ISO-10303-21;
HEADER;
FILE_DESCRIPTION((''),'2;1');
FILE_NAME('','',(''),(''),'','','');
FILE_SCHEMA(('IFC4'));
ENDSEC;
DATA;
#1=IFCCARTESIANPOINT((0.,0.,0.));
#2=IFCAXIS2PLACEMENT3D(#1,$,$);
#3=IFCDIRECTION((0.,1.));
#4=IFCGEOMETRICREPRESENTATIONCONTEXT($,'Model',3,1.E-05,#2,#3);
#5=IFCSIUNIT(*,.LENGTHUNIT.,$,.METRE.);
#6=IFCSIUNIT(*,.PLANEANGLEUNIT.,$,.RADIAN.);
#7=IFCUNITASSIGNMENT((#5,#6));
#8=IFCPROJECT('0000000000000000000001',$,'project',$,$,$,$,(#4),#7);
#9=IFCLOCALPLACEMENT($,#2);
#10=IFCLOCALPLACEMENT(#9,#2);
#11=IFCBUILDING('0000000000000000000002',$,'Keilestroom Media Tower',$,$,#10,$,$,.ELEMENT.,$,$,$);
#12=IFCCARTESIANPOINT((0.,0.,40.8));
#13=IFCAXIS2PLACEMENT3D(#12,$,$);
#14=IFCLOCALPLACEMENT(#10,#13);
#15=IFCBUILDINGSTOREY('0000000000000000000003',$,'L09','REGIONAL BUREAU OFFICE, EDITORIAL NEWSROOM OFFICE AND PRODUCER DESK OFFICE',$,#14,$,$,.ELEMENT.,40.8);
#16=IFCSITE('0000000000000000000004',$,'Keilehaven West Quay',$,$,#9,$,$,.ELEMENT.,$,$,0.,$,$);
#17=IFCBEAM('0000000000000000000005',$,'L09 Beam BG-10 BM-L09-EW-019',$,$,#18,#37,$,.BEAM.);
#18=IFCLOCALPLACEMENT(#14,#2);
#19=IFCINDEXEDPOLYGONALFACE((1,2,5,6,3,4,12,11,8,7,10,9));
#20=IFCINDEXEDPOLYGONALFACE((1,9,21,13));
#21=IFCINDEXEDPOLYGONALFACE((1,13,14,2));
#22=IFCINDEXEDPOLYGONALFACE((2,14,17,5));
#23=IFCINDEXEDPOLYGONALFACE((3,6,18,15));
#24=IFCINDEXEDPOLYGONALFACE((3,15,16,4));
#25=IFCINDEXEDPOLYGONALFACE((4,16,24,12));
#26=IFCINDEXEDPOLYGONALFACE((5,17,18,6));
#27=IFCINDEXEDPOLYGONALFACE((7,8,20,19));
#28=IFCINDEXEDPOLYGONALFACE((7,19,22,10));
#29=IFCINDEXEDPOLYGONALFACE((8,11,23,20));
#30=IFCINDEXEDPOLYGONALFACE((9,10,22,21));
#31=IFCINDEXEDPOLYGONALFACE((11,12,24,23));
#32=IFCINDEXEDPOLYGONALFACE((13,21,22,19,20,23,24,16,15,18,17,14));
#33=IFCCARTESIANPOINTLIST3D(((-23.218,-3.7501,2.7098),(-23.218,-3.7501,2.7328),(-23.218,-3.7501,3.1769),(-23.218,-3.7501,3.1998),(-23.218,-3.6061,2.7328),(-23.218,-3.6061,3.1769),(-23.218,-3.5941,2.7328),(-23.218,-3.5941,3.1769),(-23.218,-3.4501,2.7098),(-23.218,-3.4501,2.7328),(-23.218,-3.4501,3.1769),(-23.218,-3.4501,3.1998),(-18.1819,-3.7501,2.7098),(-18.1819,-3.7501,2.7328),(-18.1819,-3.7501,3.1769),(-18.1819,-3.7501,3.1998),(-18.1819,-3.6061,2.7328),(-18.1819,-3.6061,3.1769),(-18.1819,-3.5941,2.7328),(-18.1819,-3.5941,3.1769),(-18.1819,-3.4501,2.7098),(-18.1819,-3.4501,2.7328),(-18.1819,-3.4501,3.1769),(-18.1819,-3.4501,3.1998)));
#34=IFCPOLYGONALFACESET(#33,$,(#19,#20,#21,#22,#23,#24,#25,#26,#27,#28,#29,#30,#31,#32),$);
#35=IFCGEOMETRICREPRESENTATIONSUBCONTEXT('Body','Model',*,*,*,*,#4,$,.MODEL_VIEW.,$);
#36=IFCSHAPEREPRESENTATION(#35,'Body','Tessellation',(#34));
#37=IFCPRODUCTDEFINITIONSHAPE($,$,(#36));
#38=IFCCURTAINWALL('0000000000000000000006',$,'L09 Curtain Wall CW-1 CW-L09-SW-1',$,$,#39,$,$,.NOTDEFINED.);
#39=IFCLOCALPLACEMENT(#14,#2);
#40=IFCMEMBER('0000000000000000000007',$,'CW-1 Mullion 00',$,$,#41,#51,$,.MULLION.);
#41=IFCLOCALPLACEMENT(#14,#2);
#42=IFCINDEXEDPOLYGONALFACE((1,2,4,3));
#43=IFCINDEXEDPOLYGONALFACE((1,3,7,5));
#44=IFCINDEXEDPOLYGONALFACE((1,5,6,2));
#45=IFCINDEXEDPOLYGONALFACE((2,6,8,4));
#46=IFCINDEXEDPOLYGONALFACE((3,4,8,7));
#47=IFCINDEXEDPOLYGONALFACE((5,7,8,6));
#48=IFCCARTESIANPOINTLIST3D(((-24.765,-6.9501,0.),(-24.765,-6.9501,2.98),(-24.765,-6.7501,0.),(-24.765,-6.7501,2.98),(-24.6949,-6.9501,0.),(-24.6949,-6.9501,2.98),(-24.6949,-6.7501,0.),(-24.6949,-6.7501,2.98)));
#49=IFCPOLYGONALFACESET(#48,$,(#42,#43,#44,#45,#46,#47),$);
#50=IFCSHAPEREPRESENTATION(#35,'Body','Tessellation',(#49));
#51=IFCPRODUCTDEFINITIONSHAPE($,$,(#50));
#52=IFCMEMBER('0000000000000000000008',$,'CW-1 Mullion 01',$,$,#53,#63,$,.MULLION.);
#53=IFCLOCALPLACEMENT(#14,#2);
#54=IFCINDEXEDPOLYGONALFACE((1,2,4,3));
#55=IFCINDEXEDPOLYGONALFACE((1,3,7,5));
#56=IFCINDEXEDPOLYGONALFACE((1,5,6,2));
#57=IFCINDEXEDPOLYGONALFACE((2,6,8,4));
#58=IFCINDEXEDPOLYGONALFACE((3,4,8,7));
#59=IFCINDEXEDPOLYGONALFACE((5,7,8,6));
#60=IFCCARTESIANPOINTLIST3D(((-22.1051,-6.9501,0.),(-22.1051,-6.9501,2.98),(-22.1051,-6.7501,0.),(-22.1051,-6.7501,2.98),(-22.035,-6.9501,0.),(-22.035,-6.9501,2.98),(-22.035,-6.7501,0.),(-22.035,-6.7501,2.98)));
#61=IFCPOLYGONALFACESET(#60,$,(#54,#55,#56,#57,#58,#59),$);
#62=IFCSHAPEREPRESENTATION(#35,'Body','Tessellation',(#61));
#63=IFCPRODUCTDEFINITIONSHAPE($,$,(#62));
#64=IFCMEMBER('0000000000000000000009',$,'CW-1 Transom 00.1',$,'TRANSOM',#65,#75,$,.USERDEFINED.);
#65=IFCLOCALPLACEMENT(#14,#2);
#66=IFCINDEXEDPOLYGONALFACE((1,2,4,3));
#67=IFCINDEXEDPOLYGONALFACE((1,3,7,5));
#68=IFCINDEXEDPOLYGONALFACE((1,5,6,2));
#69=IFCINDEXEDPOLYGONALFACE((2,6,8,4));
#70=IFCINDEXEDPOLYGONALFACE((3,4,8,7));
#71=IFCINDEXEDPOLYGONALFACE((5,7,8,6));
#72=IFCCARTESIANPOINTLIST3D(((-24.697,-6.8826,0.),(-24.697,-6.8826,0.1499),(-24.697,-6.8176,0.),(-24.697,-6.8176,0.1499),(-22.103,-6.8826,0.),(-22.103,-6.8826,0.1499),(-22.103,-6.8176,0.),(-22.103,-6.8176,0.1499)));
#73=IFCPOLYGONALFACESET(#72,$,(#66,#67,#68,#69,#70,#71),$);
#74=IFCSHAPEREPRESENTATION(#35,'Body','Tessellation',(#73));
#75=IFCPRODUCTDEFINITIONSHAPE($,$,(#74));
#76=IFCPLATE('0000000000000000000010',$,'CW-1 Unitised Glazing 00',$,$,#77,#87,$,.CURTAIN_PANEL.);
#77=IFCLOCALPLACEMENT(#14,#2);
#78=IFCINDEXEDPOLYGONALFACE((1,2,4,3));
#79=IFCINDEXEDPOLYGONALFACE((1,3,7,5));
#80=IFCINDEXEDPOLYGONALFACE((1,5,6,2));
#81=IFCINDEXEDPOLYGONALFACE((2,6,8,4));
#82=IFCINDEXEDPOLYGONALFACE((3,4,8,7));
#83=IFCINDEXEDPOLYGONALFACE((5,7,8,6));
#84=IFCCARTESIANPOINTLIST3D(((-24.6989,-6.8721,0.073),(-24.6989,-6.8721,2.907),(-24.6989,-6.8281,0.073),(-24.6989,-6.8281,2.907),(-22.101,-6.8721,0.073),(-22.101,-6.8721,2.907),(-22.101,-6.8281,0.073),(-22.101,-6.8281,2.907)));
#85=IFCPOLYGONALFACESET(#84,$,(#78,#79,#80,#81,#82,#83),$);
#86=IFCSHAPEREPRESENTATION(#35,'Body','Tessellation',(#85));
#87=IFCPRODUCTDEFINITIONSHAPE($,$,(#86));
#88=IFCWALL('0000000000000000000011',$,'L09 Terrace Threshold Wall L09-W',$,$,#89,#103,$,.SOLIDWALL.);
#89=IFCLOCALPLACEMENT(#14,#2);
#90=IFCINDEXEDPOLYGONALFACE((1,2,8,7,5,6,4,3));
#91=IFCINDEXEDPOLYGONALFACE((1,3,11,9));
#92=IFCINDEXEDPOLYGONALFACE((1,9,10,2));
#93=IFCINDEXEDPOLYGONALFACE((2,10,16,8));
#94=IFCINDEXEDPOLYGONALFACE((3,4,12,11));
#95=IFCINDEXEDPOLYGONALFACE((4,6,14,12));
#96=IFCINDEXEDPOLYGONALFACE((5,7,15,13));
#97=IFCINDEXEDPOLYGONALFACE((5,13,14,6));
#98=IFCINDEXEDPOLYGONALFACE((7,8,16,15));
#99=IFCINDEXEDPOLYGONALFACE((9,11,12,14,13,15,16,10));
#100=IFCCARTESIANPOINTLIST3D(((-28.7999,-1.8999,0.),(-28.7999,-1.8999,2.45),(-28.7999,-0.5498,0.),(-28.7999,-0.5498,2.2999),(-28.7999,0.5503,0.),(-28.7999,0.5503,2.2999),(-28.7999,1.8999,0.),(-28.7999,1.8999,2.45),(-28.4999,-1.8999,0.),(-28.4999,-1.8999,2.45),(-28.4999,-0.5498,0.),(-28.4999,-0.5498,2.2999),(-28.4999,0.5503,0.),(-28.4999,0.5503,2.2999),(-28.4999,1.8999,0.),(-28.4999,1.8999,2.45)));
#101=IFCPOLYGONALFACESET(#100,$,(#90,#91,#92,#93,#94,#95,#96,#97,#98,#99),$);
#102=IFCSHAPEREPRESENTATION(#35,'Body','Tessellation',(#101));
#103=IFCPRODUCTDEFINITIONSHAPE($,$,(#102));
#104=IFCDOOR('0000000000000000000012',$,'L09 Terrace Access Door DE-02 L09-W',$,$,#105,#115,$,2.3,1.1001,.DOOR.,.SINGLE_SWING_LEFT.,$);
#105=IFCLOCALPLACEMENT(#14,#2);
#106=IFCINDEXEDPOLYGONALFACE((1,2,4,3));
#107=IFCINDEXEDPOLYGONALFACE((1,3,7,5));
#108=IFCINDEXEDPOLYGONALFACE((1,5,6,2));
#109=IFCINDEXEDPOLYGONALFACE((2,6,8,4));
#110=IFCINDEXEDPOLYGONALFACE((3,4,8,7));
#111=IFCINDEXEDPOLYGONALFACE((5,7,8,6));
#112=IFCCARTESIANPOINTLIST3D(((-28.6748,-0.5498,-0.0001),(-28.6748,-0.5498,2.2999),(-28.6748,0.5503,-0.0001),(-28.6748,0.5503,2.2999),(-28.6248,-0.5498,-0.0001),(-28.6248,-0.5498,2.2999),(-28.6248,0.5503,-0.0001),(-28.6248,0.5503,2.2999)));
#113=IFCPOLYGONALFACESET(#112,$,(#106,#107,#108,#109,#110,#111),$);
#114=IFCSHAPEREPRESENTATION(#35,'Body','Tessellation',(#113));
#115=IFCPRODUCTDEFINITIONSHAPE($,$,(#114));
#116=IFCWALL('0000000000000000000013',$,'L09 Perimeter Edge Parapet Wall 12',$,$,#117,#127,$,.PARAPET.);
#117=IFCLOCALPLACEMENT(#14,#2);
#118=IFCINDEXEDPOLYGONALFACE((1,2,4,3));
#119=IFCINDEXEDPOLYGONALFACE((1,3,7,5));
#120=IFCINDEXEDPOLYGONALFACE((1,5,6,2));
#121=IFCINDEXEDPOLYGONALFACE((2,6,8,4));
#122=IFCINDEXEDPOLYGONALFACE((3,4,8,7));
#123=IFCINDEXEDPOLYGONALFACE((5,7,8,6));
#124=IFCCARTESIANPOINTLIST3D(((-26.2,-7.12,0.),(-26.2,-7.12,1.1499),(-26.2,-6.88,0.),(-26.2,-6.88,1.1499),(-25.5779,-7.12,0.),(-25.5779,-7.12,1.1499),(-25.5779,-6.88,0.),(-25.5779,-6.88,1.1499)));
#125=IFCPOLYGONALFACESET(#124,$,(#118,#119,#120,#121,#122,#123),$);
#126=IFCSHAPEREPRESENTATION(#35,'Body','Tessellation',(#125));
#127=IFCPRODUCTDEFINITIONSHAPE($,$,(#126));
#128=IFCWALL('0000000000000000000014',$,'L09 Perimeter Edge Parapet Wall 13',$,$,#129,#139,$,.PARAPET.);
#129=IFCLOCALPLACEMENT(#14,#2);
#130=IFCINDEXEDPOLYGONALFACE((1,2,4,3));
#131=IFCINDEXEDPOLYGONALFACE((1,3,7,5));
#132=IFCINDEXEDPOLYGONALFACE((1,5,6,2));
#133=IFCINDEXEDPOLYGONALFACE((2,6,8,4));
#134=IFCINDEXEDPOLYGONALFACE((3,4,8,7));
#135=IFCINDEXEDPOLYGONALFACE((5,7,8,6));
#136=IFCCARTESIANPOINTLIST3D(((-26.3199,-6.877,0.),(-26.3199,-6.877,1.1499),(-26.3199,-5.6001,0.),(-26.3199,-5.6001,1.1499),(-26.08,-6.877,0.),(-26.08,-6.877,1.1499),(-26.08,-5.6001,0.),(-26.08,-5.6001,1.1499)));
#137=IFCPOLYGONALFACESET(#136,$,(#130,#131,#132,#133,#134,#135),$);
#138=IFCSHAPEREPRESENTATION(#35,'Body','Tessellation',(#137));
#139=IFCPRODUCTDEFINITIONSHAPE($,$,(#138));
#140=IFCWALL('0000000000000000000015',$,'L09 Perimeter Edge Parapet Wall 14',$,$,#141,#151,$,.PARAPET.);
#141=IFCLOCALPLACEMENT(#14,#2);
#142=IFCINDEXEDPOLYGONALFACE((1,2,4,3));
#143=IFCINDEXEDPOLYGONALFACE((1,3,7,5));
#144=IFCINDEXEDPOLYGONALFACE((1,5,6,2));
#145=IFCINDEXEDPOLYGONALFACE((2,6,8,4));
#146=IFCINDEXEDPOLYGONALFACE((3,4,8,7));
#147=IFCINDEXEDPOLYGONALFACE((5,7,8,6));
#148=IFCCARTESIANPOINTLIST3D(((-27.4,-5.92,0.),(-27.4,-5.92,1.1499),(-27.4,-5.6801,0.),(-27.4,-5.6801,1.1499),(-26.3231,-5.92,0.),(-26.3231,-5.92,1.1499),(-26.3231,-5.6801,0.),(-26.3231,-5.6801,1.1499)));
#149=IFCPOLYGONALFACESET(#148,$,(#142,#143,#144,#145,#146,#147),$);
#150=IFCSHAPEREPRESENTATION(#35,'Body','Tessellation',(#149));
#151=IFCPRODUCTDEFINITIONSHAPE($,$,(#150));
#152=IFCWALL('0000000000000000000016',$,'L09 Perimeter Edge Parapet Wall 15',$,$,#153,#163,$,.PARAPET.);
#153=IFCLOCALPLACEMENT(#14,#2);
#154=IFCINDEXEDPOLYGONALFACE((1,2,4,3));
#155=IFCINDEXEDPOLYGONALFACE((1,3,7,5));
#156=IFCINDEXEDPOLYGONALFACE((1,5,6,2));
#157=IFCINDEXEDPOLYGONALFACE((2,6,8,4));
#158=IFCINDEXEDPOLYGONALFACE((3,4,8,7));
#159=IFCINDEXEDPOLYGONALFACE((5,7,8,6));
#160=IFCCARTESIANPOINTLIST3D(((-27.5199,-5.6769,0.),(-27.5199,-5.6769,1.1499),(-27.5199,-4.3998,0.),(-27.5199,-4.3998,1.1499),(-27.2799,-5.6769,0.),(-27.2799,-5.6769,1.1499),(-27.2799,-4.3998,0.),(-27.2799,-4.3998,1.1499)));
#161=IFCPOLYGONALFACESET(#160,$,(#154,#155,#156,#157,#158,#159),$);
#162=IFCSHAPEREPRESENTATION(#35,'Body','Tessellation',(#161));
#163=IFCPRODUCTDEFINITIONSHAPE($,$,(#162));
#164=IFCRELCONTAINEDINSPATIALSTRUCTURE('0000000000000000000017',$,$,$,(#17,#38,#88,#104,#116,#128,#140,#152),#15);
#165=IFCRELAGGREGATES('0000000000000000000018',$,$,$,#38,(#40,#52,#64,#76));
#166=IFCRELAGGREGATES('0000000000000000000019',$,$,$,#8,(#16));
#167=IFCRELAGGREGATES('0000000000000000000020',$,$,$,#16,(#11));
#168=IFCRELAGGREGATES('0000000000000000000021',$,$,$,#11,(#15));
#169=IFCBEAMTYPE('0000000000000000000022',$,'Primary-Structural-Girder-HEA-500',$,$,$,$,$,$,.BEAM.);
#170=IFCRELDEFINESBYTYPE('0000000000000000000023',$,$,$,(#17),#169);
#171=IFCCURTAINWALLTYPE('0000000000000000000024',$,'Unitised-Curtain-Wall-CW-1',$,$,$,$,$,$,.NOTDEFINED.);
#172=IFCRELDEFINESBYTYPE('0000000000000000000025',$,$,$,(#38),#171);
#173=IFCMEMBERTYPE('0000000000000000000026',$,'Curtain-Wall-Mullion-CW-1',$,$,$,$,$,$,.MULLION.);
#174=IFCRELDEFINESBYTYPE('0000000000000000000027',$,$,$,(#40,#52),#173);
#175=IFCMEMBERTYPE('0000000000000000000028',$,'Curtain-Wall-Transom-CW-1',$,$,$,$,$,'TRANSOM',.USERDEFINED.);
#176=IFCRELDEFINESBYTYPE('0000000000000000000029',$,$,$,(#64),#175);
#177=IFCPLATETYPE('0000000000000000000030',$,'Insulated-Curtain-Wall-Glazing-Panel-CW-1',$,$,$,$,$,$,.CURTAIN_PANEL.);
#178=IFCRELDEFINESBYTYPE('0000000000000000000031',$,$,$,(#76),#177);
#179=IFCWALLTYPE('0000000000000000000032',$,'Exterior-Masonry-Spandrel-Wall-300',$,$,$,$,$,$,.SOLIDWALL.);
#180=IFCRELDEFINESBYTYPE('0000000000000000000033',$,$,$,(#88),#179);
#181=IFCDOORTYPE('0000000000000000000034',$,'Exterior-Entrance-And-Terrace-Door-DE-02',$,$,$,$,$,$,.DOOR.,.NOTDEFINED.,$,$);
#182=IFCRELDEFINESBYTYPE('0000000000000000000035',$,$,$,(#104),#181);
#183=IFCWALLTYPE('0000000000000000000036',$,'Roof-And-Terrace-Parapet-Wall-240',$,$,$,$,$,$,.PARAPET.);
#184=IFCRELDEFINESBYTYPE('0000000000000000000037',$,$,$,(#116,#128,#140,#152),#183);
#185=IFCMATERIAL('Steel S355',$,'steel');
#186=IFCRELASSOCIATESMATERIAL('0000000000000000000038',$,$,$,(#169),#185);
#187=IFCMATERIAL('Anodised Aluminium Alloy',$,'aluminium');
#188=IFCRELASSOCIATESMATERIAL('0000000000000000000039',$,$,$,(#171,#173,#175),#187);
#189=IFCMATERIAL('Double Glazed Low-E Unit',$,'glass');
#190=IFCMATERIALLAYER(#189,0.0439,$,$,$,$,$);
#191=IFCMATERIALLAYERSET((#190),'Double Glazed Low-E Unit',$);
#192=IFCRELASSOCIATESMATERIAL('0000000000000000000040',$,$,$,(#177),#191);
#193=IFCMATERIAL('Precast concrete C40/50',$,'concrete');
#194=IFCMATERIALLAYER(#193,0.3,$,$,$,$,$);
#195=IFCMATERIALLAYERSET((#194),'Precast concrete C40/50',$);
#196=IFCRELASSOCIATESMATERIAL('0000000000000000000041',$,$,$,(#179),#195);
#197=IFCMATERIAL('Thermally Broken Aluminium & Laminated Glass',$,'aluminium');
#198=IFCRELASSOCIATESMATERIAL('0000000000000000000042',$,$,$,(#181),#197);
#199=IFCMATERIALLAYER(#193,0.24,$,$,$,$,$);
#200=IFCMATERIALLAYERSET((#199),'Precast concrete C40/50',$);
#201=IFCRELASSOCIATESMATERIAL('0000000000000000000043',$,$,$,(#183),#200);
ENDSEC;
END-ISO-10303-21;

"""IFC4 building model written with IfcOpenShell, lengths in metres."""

from ifc_helpers import new_model, si_unit, direction, frame, frame_2d, origin, origin_2d, place, context, subcontext, project, spatial, rectangle, i_section, extrude, source, transform, mapped, material, layer, layer_set, material_profile, profile_set, type_object, element, fill, aggregate, save


model = new_model("IFC4")

# Units and contexts
model_context = context("Model", 3, precision=1e-05, world=origin(), true_north=direction((0.0, 1.0)))
body_context = subcontext(model_context, "Body", "Model", "MODEL_VIEW")
ifc_project = project(units=[si_unit("LENGTHUNIT", "METRE"), si_unit("PLANEANGLEUNIT", "RADIAN")], contexts=[model_context])

# Site, building, storey
site_placement = place(None, origin())
site = spatial("IfcSite", under=ifc_project, at=site_placement, Name="Keilehaven West Quay", CompositionType="ELEMENT", RefElevation=0.0)
building_placement = place(site_placement, origin())
building = spatial("IfcBuilding", under=site, at=building_placement, Name="Keilestroom Media Tower", CompositionType="ELEMENT")
storey_placement = place(building_placement, frame((0.0, 0.0, 40.8)))
storey = spatial("IfcBuildingStorey", under=building, at=storey_placement, Name="L09", Description="REGIONAL BUREAU OFFICE, EDITORIAL NEWSROOM OFFICE AND PRODUCER DESK OFFICE", CompositionType="ELEMENT", Elevation=40.8)

# Shared definitions
ifc_material_1 = material(Name="Precast concrete C40/50", Category="concrete")

# Beam
ifc_material_2 = material(Name="Steel S355", Category="steel")
ifc_material_profile_1 = material_profile(ifc_material_2, i_section(OverallWidth=0.3, OverallDepth=0.49, WebThickness=0.012, FlangeThickness=0.0229, at=origin_2d()), Name="HEA 500")
ifc_profile_set_1 = profile_set([ifc_material_profile_1], Name="Steel S355")
beam_type_1 = type_object("IfcBeamType", Name="Primary-Structural-Girder-HEA-500", PredefinedType="BEAM", material=ifc_profile_set_1)
shared_shape_1 = source(origin(), body_context, "Body", "SweptSolid", [
    extrude(i_section(OverallWidth=0.3, OverallDepth=0.49, WebThickness=0.012, FlangeThickness=0.0229, at=origin_2d()), origin(), (0.0, 0.0, 1.0), 5.0361),
])
beam_1_placement = place(storey_placement, frame((-23.218, -3.6001, 2.9548), z_axis=(1.0, 0.0, 0.0), x_axis=(0.0, 1.0, 0.0)))
element("IfcBeam", 1, at=beam_1_placement, inside=storey, type_object=beam_type_1, Name="L09 Beam BG-10 BM-L09-EW-019", PredefinedType="BEAM", context=body_context, shape_type="MappedRepresentation", body=[
    mapped(shared_shape_1, transform((0.0, 0.0, 0.0), x_axis=(1.0, 0.0, 0.0), y_axis=(0.0, 1.0, 0.0), z_axis=(0.0, 0.0, 1.0), scale=1.0)),
])

# Curtain wall, members, plate
ifc_material_3 = material(Name="Anodised Aluminium Alloy", Category="aluminium")
curtain_wall_type = type_object("IfcCurtainWallType", Name="Unitised-Curtain-Wall-CW-1", PredefinedType="NOTDEFINED", material=ifc_material_3)
curtain_wall_placement = place(storey_placement, origin())
curtain_wall = element("IfcCurtainWall", 2, at=curtain_wall_placement, inside=storey, type_object=curtain_wall_type, Name="L09 Curtain Wall CW-1 CW-L09-SW-1", PredefinedType="NOTDEFINED")
ifc_material_profile_2 = material_profile(ifc_material_3, rectangle(XDim=0.0701, YDim=0.2, at=origin_2d()), Name="ALU MULLION 70x200")
ifc_profile_set_2 = profile_set([ifc_material_profile_2], Name="Anodised Aluminium Alloy")
member_type_1 = type_object("IfcMemberType", Name="Curtain-Wall-Mullion-CW-1", PredefinedType="MULLION", material=ifc_profile_set_2)
shared_shape_2 = source(origin(), body_context, "Body", "SweptSolid", [
    extrude(rectangle(XDim=0.0701, YDim=0.2, at=origin_2d()), origin(), (0.0, 0.0, 1.0), 2.98),
])
member_1_placement = place(storey_placement, frame((-24.73, -6.8501, 0.0), z_axis=(0.0, 0.0, 1.0), x_axis=(1.0, 0.0, 0.0)))
member_1 = element("IfcMember", 3, at=member_1_placement, type_object=member_type_1, Name="CW-1 Mullion 00", PredefinedType="MULLION", context=body_context, shape_type="MappedRepresentation", body=[
    mapped(shared_shape_2, transform((0.0, 0.0, 0.0), x_axis=(1.0, 0.0, 0.0), y_axis=(0.0, 1.0, 0.0), z_axis=(0.0, 0.0, 1.0), scale=1.0)),
])
member_2_placement = place(storey_placement, frame((-22.0701, -6.8501, 0.0), z_axis=(0.0, 0.0, 1.0), x_axis=(1.0, 0.0, 0.0)))
member_2 = element("IfcMember", 4, at=member_2_placement, type_object=member_type_1, Name="CW-1 Mullion 01", PredefinedType="MULLION", context=body_context, shape_type="MappedRepresentation", body=[
    mapped(shared_shape_2, transform((0.0, 0.0, 0.0), x_axis=(1.0, 0.0, 0.0), y_axis=(0.0, 1.0, 0.0), z_axis=(0.0, 0.0, 1.0), scale=1.0)),
])
ifc_material_profile_3 = material_profile(ifc_material_3, rectangle(XDim=0.0649, YDim=0.1499, at=origin_2d()), Name="ALU TRANSOM 65x150")
ifc_profile_set_3 = profile_set([ifc_material_profile_3], Name="Anodised Aluminium Alloy")
member_type_2 = type_object("IfcMemberType", Name="Curtain-Wall-Transom-CW-1", ElementType="TRANSOM", PredefinedType="USERDEFINED", material=ifc_profile_set_3)
shared_shape_3 = source(origin(), body_context, "Body", "SweptSolid", [
    extrude(rectangle(XDim=0.0649, YDim=0.1499, at=origin_2d()), origin(), (0.0, 0.0, 1.0), 2.594),
])
member_3_placement = place(storey_placement, frame((-24.697, -6.8501, 0.075), z_axis=(1.0, 0.0, 0.0), x_axis=(0.0, 1.0, 0.0)))
member_3 = element("IfcMember", 5, at=member_3_placement, type_object=member_type_2, Name="CW-1 Transom 00.1", ObjectType="TRANSOM", PredefinedType="USERDEFINED", context=body_context, shape_type="MappedRepresentation", body=[
    mapped(shared_shape_3, transform((0.0, 0.0, 0.0), x_axis=(1.0, 0.0, 0.0), y_axis=(0.0, 1.0, 0.0), z_axis=(0.0, 0.0, 1.0), scale=1.0)),
])
ifc_material_4 = material(Name="Double Glazed Low-E Unit", Category="glass")
ifc_layer_1 = layer(ifc_material_4, 0.0439)
ifc_layer_set_1 = layer_set([ifc_layer_1], Name="Double Glazed Low-E Unit")
plate_type = type_object("IfcPlateType", Name="Insulated-Curtain-Wall-Glazing-Panel-CW-1", PredefinedType="CURTAIN_PANEL", material=ifc_layer_set_1)
shared_shape_4 = source(origin(), body_context, "Body", "SweptSolid", [
    extrude(rectangle(XDim=2.5979, YDim=0.0439, at=origin_2d()), origin(), (0.0, 0.0, 1.0), 2.834),
])
plate_placement = place(storey_placement, frame((-23.3999, -6.8501, 0.073), z_axis=(0.0, 0.0, 1.0), x_axis=(1.0, 0.0, 0.0)))
plate = element("IfcPlate", 6, at=plate_placement, type_object=plate_type, Name="CW-1 Unitised Glazing 00", PredefinedType="CURTAIN_PANEL", context=body_context, shape_type="MappedRepresentation", body=[
    mapped(shared_shape_4, transform((0.0, 0.0, 0.0), x_axis=(1.0, 0.0, 0.0), y_axis=(0.0, 1.0, 0.0), z_axis=(0.0, 0.0, 1.0), scale=1.0)),
])
aggregate(curtain_wall, [member_1, member_2, member_3, plate])

# Wall, opening, door
ifc_layer_2 = layer(ifc_material_1, 0.3)
ifc_layer_set_2 = layer_set([ifc_layer_2], Name="Precast concrete C40/50")
wall_type_1 = type_object("IfcWallType", Name="Exterior-Masonry-Spandrel-Wall-300", PredefinedType="SOLIDWALL", material=ifc_layer_set_2)
wall_1_placement = place(storey_placement, frame((-28.6499, -1.8999, 0.0), z_axis=(0.0, 0.0, 1.0), x_axis=(0.0, 1.0, 0.0)))
wall_1 = element("IfcWall", 7, at=wall_1_placement, inside=storey, type_object=wall_type_1, Name="L09 Terrace Threshold Wall L09-W", PredefinedType="SOLIDWALL", context=body_context, shape_type="SweptSolid", body=[
    extrude(rectangle(XDim=3.7998, YDim=0.3, at=frame_2d((1.8999, 0.0))), origin(), (0.0, 0.0, 1.0), 2.45),
])
opening_placement = place(wall_1_placement, frame((1.3501, 0.0, 0.0)))
opening = element("IfcOpeningElement", 8, at=opening_placement, cuts=wall_1, PredefinedType="OPENING", context=body_context, shape_type="SweptSolid", body=[
    extrude(rectangle(XDim=1.1001, YDim=2.3, at=frame_2d((0.55, 1.1499))), frame((0.0, 0.1602, 0.0), z_axis=(0.0, -1.0, 0.0), x_axis=(1.0, 0.0, 0.0)), (0.0, 0.0, 1.0), 0.3201),
])
ifc_material_5 = material(Name="Thermally Broken Aluminium & Laminated Glass", Category="aluminium")
door_type = type_object("IfcDoorType", Name="Exterior-Entrance-And-Terrace-Door-DE-02", OperationType="NOTDEFINED", PredefinedType="DOOR", material=ifc_material_5)
shared_shape_5 = source(origin(), body_context, "Body", "SweptSolid", [
    extrude(rectangle(XDim=1.1001, YDim=2.3, at=frame_2d((0.55, 1.1499))), frame((0.0, 0.0249, 0.0), z_axis=(0.0, -1.0, 0.0), x_axis=(1.0, 0.0, 0.0)), (0.0, 0.0, 1.0), 0.05),
])
door_placement = place(opening_placement, origin())
door = element("IfcDoor", 9, at=door_placement, inside=storey, type_object=door_type, Name="L09 Terrace Access Door DE-02 L09-W", OperationType="SINGLE_SWING_LEFT", OverallHeight=2.3, OverallWidth=1.1001, PredefinedType="DOOR", context=body_context, shape_type="MappedRepresentation", body=[
    mapped(shared_shape_5, transform((0.0, 0.0, 0.0), x_axis=(1.0, 0.0, 0.0), y_axis=(0.0, 1.0, 0.0), z_axis=(0.0, 0.0, 1.0), scale=1.0)),
])
fill(opening, door)

# Walls
ifc_layer_3 = layer(ifc_material_1, 0.24)
ifc_layer_set_3 = layer_set([ifc_layer_3], Name="Precast concrete C40/50")
wall_type_2 = type_object("IfcWallType", Name="Roof-And-Terrace-Parapet-Wall-240", PredefinedType="PARAPET", material=ifc_layer_set_3)
wall_2_placement = place(storey_placement, frame((-25.5779, -7.0, 0.0), z_axis=(0.0, 0.0, 1.0), x_axis=(-1.0, 0.0, 0.0)))
element("IfcWall", 10, at=wall_2_placement, inside=storey, type_object=wall_type_2, Name="L09 Perimeter Edge Parapet Wall 12", PredefinedType="PARAPET", context=body_context, shape_type="SweptSolid", body=[
    extrude(rectangle(XDim=0.6221, YDim=0.24, at=frame_2d((0.311, 0.0))), origin(), (0.0, 0.0, 1.0), 1.1499),
])
wall_3_placement = place(storey_placement, frame((-26.2, -6.877, 0.0), z_axis=(0.0, 0.0, 1.0), x_axis=(0.0, 1.0, 0.0)))
element("IfcWall", 11, at=wall_3_placement, inside=storey, type_object=wall_type_2, Name="L09 Perimeter Edge Parapet Wall 13", PredefinedType="PARAPET", context=body_context, shape_type="SweptSolid", body=[
    extrude(rectangle(XDim=1.2769, YDim=0.24, at=frame_2d((0.6384, 0.0))), origin(), (0.0, 0.0, 1.0), 1.1499),
])
wall_4_placement = place(storey_placement, frame((-26.323, -5.8, 0.0), z_axis=(0.0, 0.0, 1.0), x_axis=(-1.0, 0.0, 0.0)))
element("IfcWall", 12, at=wall_4_placement, inside=storey, type_object=wall_type_2, Name="L09 Perimeter Edge Parapet Wall 14", PredefinedType="PARAPET", context=body_context, shape_type="SweptSolid", body=[
    extrude(rectangle(XDim=1.0769, YDim=0.24, at=frame_2d((0.5386, 0.0))), origin(), (0.0, 0.0, 1.0), 1.1499),
])
wall_5_placement = place(storey_placement, frame((-27.3999, -5.677, 0.0), z_axis=(0.0, 0.0, 1.0), x_axis=(0.0, 1.0, 0.0)))
element("IfcWall", 13, at=wall_5_placement, inside=storey, type_object=wall_type_2, Name="L09 Perimeter Edge Parapet Wall 15", PredefinedType="PARAPET", context=body_context, shape_type="SweptSolid", body=[
    extrude(rectangle(XDim=1.2771, YDim=0.24, at=frame_2d((0.6387, 0.0))), origin(), (0.0, 0.0, 1.0), 1.1499),
])

save(model, "model.ifc")
